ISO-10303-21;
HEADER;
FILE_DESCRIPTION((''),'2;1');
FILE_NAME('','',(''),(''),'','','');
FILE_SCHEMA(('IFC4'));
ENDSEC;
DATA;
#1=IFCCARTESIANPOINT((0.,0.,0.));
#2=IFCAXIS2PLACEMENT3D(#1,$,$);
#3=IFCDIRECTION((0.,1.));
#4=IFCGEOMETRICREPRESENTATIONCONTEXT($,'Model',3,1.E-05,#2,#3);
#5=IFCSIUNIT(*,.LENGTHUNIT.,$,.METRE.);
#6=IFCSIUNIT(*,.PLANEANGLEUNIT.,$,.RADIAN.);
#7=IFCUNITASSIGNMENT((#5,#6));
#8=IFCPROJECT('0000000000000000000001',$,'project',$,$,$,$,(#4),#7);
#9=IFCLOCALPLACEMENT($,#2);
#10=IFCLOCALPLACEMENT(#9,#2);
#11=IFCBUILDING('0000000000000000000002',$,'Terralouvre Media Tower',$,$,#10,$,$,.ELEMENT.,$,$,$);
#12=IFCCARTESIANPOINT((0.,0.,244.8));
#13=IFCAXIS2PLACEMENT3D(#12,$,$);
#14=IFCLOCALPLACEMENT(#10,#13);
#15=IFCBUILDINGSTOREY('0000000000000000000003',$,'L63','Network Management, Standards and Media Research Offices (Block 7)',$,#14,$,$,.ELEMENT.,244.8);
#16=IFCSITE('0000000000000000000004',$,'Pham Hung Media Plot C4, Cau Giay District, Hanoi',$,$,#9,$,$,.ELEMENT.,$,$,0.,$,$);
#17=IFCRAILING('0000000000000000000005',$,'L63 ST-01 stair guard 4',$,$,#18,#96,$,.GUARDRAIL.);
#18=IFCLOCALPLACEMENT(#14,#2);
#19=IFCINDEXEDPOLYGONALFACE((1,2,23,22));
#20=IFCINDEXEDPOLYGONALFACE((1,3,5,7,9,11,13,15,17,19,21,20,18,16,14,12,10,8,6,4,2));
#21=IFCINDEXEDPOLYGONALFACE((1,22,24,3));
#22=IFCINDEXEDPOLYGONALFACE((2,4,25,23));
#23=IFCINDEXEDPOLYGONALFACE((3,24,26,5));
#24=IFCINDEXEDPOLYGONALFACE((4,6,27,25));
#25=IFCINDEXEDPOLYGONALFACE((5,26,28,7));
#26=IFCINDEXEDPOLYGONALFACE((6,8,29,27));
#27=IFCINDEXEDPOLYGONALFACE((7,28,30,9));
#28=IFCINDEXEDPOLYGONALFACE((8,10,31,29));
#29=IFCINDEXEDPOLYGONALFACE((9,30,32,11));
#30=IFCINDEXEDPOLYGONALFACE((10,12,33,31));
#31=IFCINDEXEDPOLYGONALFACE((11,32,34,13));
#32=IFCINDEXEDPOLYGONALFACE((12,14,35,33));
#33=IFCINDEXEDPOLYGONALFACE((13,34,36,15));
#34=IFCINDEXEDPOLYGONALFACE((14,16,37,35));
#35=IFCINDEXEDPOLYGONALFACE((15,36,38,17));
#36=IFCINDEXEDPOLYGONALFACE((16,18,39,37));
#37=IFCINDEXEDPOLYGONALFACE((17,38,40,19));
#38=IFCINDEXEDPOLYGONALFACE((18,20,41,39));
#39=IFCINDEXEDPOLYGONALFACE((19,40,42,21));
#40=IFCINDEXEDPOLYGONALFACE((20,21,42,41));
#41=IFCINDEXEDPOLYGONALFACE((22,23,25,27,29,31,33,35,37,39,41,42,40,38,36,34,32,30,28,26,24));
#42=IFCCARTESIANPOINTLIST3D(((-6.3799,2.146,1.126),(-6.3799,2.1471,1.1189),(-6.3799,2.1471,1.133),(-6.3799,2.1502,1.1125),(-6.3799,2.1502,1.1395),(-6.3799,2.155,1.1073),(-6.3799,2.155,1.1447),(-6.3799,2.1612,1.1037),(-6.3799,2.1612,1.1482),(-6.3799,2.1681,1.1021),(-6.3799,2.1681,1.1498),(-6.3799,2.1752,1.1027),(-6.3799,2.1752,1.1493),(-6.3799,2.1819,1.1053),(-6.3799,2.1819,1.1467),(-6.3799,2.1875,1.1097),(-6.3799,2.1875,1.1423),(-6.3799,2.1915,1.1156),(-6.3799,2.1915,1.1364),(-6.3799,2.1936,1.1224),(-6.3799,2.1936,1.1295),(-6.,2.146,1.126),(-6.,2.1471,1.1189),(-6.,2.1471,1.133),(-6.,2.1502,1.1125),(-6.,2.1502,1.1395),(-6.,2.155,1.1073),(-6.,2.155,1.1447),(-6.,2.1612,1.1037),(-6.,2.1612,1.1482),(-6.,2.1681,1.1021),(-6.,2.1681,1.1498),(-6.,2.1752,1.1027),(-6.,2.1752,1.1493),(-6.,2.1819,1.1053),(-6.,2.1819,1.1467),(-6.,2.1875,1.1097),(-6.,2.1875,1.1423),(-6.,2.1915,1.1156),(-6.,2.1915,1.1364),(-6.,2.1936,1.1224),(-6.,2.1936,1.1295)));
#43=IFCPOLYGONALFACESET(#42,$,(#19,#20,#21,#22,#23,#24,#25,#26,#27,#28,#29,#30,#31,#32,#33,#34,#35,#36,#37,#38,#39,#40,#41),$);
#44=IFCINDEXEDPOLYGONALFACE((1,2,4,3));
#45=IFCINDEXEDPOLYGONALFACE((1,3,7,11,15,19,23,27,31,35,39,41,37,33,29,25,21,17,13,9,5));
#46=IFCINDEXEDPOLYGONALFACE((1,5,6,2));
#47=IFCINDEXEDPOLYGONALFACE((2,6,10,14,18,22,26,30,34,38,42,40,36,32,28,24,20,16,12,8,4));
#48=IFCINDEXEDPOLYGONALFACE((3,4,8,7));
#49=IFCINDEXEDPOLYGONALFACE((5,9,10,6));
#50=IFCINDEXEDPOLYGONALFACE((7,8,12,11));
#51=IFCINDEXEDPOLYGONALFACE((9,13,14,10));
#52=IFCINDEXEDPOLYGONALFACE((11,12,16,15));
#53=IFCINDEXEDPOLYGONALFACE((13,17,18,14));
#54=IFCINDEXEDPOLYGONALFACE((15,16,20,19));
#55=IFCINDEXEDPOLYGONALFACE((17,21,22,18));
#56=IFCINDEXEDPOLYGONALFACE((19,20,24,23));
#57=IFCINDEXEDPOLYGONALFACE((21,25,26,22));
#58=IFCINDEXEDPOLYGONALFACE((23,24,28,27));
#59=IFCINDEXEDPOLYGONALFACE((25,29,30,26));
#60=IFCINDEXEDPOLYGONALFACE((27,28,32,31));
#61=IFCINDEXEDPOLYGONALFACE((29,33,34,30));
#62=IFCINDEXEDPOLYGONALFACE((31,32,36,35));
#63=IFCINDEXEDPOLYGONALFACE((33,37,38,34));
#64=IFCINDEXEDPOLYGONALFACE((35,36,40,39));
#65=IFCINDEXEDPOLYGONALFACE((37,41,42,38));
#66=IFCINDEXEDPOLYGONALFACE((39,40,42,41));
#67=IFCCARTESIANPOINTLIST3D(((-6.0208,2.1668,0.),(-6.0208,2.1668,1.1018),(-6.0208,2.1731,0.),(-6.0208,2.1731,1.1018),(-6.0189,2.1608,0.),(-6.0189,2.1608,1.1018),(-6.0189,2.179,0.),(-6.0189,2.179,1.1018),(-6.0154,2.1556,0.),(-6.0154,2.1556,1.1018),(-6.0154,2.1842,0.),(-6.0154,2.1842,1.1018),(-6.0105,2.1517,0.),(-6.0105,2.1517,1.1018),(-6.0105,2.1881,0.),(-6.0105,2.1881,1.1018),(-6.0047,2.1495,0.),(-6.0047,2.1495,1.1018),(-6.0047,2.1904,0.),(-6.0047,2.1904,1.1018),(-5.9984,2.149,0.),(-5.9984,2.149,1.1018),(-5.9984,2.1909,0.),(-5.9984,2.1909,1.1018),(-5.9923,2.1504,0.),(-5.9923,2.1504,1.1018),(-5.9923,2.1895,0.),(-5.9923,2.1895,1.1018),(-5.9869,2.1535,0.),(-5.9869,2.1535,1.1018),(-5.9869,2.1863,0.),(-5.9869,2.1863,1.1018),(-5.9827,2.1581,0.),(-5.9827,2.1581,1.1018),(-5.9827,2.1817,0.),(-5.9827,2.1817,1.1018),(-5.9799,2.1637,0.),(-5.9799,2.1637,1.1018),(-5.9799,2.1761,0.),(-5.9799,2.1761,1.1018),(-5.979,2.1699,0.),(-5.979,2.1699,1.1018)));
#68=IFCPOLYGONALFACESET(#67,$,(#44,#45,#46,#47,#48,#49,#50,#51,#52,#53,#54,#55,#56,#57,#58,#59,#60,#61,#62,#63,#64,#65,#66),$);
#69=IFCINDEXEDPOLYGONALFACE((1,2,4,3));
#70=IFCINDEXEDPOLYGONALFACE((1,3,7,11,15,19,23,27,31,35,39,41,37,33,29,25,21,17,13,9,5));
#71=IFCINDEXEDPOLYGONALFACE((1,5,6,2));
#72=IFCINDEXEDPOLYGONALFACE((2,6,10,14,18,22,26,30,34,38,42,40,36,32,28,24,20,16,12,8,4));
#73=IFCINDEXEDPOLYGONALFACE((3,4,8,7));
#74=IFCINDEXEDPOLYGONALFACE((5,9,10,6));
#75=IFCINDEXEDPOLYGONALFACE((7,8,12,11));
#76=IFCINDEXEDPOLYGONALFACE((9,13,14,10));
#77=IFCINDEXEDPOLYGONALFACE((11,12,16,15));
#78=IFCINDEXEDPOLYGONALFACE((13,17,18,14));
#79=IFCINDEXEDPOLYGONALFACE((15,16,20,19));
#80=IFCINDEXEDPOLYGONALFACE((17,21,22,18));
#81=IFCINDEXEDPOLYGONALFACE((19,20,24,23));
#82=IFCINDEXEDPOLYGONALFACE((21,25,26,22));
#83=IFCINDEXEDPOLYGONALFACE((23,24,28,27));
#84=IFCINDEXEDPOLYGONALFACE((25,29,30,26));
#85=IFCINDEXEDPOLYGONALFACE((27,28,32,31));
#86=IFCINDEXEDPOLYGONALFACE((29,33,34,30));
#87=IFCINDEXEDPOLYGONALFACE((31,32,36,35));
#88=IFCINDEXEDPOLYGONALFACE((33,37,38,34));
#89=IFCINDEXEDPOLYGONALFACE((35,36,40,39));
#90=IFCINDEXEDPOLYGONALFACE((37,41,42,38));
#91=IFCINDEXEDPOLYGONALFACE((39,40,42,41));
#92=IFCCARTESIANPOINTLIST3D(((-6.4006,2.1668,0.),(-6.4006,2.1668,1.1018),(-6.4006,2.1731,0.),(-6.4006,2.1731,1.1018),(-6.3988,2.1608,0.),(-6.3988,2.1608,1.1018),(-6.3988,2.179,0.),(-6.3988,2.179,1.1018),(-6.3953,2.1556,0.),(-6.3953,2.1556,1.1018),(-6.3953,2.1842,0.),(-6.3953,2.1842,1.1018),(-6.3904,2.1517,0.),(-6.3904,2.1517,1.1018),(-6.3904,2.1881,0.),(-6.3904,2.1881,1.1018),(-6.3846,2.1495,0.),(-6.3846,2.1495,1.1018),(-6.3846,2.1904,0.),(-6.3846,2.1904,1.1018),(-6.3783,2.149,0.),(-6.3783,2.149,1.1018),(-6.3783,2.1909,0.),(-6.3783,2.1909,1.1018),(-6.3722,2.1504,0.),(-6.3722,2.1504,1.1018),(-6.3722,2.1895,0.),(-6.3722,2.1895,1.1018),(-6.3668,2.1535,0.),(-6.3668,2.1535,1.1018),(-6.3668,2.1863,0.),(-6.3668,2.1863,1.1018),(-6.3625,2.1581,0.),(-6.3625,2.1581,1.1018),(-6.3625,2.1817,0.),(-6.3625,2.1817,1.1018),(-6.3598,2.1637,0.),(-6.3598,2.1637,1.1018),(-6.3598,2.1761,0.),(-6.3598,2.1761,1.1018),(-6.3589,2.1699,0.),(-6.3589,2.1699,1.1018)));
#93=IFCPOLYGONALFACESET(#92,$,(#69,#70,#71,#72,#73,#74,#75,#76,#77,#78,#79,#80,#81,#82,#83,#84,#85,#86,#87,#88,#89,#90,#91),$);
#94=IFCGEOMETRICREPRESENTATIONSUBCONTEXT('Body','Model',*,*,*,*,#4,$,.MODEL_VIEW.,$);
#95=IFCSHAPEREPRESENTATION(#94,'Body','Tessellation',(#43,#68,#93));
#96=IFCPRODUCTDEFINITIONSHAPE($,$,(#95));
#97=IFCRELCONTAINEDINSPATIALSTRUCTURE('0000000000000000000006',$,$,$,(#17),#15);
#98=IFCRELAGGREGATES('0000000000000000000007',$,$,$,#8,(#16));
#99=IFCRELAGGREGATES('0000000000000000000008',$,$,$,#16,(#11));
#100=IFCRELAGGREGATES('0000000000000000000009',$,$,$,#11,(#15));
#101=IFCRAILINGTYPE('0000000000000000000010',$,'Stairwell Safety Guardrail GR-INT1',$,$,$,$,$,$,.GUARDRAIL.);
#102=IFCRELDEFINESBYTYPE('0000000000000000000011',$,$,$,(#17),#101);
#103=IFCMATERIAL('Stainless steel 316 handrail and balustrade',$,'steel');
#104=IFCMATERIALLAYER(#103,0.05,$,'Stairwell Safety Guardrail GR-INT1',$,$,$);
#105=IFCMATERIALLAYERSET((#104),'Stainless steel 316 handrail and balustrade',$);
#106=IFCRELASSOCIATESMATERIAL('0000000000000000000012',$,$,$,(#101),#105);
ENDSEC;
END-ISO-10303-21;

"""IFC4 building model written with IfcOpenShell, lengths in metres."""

from ifc_helpers import new_model, si_unit, direction, frame, origin, origin_2d, place, context, subcontext, project, spatial, circle, extrude, material, layer, layer_set, type_object, element, save


model = new_model("IFC4")

# Units and contexts
model_context = context("Model", 3, precision=1e-05, world=origin(), true_north=direction((0.0, 1.0)))
body_context = subcontext(model_context, "Body", "Model", "MODEL_VIEW")
ifc_project = project(units=[si_unit("LENGTHUNIT", "METRE"), si_unit("PLANEANGLEUNIT", "RADIAN")], contexts=[model_context])

# Site, building, storey
site_placement = place(None, origin())
site = spatial("IfcSite", under=ifc_project, at=site_placement, Name="Pham Hung Media Plot C4, Cau Giay District, Hanoi", CompositionType="ELEMENT", RefElevation=0.0)
building_placement = place(site_placement, origin())
building = spatial("IfcBuilding", under=site, at=building_placement, Name="Terralouvre Media Tower", CompositionType="ELEMENT")
storey_placement = place(building_placement, frame((0.0, 0.0, 244.8)))
storey = spatial("IfcBuildingStorey", under=building, at=storey_placement, Name="L63", Description="Network Management, Standards and Media Research Offices (Block 7)", CompositionType="ELEMENT", Elevation=244.8)

# Railing
ifc_material_1 = material(Name="Stainless steel 316 handrail and balustrade", Category="steel")
ifc_layer_1 = layer(ifc_material_1, 0.05, Name="Stairwell Safety Guardrail GR-INT1")
ifc_layer_set_1 = layer_set([ifc_layer_1], Name="Stainless steel 316 handrail and balustrade")
railing_type_1 = type_object("IfcRailingType", Name="Stairwell Safety Guardrail GR-INT1", PredefinedType="GUARDRAIL", material=ifc_layer_set_1)
railing_1_placement = place(storey_placement, frame((-6.0, 2.1699, 0.0)))
element("IfcRailing", 1, at=railing_1_placement, inside=storey, type_object=railing_type_1, Name="L63 ST-01 stair guard 4", PredefinedType="GUARDRAIL", context=body_context, shape_type="SweptSolid", body=[
    extrude(circle(Radius=0.0239, at=origin_2d()), frame((0.0, 0.0, 1.126), z_axis=(-1.0, 0.0, 0.0), x_axis=(0.0, -1.0, 0.0)), (0.0, 0.0, 1.0), 0.3799),
    extrude(circle(Radius=0.021, at=origin_2d()), origin(), (0.0, 0.0, 1.0), 1.1018),
    extrude(circle(Radius=0.021, at=origin_2d()), frame((-0.3799, 0.0, 0.0)), (0.0, 0.0, 1.0), 1.1018),
])

save(model, "model.ifc")
